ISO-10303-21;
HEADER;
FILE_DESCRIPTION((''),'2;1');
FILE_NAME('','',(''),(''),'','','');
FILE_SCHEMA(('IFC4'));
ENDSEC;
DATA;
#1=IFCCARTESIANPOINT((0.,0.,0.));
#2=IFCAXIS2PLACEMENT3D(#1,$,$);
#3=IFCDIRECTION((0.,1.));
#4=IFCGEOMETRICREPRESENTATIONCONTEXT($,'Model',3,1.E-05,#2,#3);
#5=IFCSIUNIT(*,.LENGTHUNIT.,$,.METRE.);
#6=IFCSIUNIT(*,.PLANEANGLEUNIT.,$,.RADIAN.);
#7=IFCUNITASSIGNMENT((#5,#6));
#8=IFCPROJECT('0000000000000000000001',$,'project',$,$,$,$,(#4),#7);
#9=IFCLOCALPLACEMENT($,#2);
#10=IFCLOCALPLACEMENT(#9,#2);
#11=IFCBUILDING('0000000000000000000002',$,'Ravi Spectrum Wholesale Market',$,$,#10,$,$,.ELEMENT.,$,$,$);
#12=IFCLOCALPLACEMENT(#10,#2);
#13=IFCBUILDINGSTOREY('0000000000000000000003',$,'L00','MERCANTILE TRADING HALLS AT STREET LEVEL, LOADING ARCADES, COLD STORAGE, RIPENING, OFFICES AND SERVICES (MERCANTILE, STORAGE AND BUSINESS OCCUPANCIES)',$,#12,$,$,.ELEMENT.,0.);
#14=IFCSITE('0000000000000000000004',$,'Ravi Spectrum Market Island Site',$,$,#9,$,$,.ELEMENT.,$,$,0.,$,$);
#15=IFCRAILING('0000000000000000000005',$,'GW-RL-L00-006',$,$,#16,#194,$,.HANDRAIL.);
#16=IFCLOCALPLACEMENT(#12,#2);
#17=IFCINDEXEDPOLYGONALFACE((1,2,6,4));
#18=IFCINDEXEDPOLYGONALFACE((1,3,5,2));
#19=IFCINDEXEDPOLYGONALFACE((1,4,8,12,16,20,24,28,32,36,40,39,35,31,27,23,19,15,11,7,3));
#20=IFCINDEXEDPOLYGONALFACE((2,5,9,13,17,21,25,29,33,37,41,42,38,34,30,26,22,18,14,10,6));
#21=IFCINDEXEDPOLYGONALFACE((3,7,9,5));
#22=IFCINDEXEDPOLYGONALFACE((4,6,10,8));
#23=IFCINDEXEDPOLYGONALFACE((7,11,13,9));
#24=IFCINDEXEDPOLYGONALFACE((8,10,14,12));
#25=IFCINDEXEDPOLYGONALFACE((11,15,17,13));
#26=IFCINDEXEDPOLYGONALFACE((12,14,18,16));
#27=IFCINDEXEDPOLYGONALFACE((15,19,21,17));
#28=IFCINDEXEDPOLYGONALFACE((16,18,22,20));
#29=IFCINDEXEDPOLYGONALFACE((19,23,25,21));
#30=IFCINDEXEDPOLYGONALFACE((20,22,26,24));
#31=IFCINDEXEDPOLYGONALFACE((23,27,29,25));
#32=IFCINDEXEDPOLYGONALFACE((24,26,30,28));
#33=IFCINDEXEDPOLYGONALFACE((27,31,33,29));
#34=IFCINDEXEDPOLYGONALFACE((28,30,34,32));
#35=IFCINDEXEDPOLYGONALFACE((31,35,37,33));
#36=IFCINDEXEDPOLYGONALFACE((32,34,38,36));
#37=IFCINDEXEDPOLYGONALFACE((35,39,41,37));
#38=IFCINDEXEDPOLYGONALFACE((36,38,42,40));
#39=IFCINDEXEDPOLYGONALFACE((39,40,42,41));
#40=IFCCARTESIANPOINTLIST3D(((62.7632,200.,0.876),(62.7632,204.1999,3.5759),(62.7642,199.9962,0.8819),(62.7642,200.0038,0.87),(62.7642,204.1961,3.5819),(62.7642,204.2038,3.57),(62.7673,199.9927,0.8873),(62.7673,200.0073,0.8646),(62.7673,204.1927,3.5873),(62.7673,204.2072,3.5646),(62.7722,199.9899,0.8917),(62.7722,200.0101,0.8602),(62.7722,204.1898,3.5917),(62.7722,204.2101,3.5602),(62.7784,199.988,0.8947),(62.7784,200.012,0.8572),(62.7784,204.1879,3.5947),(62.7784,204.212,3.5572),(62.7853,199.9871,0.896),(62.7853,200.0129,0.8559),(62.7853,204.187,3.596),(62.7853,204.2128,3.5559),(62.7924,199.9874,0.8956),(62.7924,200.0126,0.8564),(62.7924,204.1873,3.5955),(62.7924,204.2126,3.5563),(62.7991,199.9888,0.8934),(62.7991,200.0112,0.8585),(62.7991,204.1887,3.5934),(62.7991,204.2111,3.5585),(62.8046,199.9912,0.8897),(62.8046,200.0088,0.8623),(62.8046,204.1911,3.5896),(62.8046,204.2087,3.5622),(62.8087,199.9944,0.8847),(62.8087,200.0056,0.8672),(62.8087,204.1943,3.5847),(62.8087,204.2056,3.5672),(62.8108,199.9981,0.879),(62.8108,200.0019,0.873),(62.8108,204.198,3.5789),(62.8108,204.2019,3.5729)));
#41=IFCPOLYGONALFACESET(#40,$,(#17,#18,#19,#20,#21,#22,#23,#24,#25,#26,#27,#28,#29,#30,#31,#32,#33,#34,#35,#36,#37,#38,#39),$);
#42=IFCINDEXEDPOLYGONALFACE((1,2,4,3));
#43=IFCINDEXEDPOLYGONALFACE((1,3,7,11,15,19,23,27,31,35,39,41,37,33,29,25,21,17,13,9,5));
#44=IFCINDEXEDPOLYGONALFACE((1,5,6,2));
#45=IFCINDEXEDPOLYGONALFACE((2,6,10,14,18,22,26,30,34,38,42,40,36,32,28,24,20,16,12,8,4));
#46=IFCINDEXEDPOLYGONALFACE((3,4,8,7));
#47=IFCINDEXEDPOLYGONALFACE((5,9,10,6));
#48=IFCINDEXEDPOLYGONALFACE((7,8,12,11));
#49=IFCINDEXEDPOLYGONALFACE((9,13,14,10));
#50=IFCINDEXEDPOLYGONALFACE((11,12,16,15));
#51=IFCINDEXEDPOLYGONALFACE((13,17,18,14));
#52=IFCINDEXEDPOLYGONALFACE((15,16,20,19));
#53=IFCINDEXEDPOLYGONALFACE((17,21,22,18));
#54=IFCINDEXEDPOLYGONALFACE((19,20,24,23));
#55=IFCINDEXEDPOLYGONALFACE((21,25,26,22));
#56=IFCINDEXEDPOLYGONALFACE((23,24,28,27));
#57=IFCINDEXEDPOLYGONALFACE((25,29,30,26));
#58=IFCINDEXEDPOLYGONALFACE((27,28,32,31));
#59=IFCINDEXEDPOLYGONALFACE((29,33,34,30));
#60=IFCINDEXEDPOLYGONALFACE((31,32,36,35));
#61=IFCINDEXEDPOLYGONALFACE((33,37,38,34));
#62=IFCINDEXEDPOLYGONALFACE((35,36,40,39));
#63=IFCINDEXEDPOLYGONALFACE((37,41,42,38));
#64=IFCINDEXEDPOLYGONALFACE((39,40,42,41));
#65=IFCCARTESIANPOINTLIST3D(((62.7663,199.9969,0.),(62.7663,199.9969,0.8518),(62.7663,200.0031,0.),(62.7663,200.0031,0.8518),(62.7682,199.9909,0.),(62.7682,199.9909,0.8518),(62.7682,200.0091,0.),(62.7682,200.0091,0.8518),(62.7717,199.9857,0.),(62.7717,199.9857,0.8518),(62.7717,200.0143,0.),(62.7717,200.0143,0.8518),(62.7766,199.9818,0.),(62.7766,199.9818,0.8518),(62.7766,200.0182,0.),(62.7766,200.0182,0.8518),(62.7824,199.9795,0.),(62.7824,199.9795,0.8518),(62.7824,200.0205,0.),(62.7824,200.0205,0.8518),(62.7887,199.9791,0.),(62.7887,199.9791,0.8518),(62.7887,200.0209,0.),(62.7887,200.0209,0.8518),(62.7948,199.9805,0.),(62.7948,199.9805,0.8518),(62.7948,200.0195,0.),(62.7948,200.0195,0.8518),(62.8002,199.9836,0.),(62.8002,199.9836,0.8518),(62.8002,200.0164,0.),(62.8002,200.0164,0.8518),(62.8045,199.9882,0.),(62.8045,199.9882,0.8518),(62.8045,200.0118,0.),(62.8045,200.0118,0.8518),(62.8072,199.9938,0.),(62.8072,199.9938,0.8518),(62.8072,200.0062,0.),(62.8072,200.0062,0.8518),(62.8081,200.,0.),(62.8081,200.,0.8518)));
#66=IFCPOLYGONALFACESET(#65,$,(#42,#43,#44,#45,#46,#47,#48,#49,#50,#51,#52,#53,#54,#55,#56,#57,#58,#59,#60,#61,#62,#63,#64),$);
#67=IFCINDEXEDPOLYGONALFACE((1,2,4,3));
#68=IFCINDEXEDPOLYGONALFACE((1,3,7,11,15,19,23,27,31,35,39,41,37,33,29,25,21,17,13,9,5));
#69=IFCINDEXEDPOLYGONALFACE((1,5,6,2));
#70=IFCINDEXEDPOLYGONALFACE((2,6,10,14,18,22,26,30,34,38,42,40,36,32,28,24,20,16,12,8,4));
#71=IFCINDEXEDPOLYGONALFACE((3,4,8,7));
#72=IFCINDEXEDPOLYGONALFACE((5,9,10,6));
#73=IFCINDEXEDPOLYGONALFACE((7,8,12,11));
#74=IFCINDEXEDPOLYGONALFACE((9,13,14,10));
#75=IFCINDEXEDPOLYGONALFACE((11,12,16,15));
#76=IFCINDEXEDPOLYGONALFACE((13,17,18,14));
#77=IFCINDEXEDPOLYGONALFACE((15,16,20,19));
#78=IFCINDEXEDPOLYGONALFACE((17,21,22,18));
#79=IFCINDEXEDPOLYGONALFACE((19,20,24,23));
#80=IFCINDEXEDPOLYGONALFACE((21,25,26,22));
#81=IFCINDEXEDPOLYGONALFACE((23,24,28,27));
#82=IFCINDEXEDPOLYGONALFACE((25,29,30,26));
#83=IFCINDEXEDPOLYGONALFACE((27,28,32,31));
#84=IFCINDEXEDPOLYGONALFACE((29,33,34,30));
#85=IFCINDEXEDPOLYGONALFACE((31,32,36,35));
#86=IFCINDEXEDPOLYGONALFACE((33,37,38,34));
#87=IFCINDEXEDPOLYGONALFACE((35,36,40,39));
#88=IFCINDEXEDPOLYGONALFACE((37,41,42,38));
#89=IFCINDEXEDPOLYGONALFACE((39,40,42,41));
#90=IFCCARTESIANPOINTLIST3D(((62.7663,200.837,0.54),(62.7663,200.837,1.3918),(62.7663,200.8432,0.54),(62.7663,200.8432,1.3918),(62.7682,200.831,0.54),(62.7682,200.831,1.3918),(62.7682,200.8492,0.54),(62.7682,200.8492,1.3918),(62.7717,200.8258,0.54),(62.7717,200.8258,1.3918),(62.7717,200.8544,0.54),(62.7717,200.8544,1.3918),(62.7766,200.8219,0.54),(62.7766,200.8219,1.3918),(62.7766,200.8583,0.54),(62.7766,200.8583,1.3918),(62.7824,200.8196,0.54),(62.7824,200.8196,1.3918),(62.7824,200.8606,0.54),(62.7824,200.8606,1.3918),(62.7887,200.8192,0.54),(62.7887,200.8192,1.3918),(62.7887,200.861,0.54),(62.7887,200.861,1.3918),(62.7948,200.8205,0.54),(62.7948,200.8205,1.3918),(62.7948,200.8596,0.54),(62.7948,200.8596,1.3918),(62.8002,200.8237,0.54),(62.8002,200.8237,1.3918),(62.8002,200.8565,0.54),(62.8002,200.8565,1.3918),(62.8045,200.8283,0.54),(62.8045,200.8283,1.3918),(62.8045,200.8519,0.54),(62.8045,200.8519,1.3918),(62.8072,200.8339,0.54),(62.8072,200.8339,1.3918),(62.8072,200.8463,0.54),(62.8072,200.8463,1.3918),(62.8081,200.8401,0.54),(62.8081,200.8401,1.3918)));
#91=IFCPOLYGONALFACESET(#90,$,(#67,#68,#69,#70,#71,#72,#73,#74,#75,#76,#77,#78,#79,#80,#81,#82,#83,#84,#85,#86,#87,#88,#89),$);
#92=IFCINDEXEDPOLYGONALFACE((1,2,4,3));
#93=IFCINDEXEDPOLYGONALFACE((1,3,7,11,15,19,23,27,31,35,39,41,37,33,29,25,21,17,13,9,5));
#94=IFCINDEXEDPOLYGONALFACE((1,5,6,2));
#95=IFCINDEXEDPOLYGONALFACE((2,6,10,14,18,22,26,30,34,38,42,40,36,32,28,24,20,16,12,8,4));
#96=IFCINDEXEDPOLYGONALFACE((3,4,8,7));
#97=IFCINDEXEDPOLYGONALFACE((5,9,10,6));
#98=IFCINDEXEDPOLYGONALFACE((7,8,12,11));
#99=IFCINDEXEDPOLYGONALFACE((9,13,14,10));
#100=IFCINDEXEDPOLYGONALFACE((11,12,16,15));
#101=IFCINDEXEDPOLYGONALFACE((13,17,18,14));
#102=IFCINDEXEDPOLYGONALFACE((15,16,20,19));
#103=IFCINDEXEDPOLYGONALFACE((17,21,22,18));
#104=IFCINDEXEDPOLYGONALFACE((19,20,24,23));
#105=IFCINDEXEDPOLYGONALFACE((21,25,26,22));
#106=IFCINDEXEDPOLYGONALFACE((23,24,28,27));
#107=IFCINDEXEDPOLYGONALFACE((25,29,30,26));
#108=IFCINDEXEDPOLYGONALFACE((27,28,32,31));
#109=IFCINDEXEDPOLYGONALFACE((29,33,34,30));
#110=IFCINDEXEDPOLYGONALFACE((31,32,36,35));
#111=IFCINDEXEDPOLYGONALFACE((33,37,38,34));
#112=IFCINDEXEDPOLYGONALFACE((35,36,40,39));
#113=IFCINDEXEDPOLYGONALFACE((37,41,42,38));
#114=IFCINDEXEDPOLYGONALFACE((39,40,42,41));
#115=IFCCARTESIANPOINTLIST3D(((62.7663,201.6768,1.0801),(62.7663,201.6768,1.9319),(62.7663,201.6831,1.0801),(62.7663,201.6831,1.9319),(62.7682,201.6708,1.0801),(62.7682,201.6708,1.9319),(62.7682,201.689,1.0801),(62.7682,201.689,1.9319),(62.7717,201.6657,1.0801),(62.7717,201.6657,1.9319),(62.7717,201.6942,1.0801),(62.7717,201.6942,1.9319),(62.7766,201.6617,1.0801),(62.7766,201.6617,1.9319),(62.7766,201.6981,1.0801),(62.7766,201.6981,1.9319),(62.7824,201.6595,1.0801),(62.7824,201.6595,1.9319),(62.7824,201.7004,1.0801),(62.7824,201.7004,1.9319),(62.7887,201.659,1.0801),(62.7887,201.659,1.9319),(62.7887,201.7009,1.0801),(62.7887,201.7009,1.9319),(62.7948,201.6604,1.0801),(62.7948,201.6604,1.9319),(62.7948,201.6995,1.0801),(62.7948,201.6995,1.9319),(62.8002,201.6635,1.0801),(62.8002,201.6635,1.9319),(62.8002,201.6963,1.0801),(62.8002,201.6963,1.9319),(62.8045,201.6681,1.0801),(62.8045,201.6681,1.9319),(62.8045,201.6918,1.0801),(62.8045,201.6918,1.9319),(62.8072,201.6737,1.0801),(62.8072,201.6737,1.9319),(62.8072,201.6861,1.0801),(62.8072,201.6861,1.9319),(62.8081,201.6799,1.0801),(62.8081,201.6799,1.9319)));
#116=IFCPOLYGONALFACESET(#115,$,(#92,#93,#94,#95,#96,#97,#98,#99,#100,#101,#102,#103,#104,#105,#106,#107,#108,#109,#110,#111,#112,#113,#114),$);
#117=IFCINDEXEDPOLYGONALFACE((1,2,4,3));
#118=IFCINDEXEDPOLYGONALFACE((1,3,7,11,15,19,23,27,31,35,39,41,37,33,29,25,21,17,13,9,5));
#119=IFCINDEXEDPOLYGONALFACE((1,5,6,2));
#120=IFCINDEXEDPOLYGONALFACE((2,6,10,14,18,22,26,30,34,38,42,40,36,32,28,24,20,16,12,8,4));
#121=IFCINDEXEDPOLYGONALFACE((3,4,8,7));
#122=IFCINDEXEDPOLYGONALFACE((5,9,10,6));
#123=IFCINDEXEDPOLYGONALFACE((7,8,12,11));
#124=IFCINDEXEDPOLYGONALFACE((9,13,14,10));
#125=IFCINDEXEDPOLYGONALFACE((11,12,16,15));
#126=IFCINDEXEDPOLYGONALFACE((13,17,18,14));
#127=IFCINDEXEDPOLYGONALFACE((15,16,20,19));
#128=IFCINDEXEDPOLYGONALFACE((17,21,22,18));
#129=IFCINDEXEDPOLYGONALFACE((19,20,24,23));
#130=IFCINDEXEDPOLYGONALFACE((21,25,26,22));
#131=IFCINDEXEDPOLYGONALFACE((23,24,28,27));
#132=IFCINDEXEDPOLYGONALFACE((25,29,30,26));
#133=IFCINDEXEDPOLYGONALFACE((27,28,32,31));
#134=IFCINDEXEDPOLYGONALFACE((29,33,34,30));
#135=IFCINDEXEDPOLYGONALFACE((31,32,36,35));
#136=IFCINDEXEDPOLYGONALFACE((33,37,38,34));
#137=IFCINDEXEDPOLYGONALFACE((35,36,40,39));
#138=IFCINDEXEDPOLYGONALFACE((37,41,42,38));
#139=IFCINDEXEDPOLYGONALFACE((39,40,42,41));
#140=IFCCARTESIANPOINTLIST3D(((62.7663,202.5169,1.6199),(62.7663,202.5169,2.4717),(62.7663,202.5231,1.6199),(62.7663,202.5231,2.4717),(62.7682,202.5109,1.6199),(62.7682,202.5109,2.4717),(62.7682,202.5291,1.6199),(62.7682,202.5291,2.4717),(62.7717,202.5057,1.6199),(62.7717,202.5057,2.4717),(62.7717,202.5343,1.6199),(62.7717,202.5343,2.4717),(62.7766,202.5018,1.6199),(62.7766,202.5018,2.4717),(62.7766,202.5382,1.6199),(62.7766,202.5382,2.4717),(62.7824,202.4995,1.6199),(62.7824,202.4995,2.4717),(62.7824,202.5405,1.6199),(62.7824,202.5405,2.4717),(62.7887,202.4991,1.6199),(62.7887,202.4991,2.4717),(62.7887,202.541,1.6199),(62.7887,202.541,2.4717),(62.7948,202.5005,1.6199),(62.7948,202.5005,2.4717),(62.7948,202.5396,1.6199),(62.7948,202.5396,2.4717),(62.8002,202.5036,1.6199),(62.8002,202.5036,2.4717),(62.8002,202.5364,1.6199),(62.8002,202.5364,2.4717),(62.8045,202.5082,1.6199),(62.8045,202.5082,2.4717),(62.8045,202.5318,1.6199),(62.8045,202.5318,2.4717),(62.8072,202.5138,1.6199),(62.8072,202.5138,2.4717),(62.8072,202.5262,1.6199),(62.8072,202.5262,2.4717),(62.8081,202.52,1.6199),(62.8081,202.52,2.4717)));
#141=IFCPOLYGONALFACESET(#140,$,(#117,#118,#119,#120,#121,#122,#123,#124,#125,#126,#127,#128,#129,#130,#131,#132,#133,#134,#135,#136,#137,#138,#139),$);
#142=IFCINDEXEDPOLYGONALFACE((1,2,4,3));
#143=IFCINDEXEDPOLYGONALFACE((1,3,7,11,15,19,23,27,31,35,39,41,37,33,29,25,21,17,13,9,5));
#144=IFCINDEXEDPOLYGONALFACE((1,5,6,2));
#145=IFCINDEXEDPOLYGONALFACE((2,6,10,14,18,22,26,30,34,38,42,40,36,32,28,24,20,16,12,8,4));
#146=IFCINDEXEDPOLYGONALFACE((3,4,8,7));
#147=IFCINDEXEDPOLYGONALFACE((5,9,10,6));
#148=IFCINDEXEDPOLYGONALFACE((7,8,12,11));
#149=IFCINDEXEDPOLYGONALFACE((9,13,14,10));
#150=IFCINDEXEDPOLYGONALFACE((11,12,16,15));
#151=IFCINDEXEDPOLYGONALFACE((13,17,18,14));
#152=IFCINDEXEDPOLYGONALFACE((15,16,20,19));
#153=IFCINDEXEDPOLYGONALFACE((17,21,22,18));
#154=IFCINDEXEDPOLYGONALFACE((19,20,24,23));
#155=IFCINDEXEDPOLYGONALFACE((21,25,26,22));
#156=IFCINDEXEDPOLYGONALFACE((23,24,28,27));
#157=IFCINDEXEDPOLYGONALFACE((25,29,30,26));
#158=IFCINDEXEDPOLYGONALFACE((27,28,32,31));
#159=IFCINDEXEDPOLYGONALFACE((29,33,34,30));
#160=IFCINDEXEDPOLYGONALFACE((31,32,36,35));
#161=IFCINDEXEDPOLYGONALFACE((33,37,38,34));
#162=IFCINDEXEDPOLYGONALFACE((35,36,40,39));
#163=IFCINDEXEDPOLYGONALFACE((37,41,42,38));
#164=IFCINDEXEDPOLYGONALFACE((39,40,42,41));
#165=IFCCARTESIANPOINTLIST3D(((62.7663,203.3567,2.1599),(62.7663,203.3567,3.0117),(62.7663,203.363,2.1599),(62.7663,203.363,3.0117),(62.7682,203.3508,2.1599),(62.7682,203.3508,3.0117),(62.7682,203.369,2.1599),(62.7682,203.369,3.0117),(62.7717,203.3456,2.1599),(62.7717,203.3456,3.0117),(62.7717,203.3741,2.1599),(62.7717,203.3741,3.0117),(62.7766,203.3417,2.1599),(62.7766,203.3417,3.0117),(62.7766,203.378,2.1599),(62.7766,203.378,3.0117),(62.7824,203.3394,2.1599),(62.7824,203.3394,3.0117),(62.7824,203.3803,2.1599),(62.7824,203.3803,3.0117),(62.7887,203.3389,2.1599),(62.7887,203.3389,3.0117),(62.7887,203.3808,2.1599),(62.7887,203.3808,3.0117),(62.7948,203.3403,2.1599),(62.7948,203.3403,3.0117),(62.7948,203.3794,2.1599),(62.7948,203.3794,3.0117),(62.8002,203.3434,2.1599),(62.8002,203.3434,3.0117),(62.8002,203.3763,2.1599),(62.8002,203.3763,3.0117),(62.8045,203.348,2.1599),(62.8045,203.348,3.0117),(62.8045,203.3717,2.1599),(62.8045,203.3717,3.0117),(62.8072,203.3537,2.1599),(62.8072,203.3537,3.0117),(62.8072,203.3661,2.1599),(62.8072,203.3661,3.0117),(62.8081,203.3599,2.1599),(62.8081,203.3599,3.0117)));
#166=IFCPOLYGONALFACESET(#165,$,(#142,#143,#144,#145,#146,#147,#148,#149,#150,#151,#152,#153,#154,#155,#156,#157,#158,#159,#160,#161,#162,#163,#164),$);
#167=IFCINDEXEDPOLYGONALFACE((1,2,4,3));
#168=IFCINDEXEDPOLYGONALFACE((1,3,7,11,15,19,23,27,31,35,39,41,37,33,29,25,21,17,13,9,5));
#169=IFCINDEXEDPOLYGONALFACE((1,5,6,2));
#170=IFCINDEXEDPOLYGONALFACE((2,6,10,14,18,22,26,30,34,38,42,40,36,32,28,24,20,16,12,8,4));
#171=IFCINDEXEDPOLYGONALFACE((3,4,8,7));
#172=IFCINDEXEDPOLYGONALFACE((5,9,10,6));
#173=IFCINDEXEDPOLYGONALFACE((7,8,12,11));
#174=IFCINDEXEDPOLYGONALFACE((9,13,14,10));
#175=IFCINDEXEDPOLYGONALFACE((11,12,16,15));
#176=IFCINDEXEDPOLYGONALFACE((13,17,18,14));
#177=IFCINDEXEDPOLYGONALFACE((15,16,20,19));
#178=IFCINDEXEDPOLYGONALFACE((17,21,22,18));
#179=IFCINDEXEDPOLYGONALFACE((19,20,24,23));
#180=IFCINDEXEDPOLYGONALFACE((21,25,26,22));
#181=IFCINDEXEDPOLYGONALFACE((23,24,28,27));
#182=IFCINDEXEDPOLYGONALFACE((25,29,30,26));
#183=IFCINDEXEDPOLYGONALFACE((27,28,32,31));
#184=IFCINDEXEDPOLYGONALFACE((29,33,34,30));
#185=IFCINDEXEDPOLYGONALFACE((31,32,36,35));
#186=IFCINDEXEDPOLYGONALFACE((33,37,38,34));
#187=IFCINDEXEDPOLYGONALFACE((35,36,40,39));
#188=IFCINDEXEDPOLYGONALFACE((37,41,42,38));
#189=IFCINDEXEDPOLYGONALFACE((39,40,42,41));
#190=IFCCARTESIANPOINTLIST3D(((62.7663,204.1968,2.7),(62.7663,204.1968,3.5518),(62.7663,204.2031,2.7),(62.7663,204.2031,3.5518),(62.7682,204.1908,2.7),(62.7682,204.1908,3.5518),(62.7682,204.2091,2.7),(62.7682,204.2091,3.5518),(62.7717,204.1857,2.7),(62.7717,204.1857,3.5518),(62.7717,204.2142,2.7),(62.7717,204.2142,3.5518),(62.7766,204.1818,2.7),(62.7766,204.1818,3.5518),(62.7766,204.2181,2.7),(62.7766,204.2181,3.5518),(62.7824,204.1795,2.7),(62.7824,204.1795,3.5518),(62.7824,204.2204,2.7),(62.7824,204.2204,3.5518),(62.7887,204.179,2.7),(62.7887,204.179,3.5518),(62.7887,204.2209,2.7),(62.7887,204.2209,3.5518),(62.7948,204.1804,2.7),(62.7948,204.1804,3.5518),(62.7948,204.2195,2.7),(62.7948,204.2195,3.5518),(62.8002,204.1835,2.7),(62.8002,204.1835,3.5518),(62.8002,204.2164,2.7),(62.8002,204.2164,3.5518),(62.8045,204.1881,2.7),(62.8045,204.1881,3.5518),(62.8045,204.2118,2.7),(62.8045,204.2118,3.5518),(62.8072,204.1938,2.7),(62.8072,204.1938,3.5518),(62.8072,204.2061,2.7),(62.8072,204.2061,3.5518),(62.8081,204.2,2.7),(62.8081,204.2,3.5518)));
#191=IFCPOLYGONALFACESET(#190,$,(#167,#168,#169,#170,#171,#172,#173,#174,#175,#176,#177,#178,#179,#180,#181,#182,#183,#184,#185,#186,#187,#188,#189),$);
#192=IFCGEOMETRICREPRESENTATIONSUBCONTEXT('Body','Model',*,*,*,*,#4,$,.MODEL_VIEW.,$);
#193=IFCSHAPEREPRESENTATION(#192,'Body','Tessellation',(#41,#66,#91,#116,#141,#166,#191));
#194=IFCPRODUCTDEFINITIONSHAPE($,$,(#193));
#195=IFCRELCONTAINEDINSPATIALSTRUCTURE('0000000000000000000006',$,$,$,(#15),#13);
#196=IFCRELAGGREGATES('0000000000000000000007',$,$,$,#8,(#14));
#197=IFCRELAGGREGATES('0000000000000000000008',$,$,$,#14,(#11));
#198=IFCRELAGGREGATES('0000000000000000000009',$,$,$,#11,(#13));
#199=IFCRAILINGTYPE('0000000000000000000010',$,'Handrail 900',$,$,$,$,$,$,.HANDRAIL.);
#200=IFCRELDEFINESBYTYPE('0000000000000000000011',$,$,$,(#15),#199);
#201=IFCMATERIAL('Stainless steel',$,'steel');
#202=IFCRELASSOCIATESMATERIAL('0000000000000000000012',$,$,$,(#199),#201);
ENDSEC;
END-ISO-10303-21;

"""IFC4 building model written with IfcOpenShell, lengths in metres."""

from ifc_helpers import new_model, si_unit, direction, frame, origin, origin_2d, place, context, subcontext, project, spatial, circle, extrude, material, type_object, element, save


model = new_model("IFC4")

# Units and contexts
model_context = context("Model", 3, precision=1e-05, world=origin(), true_north=direction((0.0, 1.0)))
body_context = subcontext(model_context, "Body", "Model", "MODEL_VIEW")
ifc_project = project(units=[si_unit("LENGTHUNIT", "METRE"), si_unit("PLANEANGLEUNIT", "RADIAN")], contexts=[model_context])

# Site, building, storey
site_placement = place(None, origin())
site = spatial("IfcSite", under=ifc_project, at=site_placement, Name="Ravi Spectrum Market Island Site", CompositionType="ELEMENT", RefElevation=0.0)
building_placement = place(site_placement, origin())
building = spatial("IfcBuilding", under=site, at=building_placement, Name="Ravi Spectrum Wholesale Market", CompositionType="ELEMENT")
storey_placement = place(building_placement, origin())
storey = spatial("IfcBuildingStorey", under=building, at=storey_placement, Name="L00", Description="MERCANTILE TRADING HALLS AT STREET LEVEL, LOADING ARCADES, COLD STORAGE, RIPENING, OFFICES AND SERVICES (MERCANTILE, STORAGE AND BUSINESS OCCUPANCIES)", CompositionType="ELEMENT", Elevation=0.0)

# Railing
ifc_material_1 = material(Name="Stainless steel", Category="steel")
railing_type_1 = type_object("IfcRailingType", Name="Handrail 900", PredefinedType="HANDRAIL", material=ifc_material_1)
for number, where, name in (
    (1, (62.7871, 200.0, 0.0), "GW-RL-L00-006"),
):
    element("IfcRailing", number, at=place(storey_placement, frame(where)), inside=storey, type_object=railing_type_1, Name=name, PredefinedType="HANDRAIL", context=body_context, shape_type="SweptSolid", body=[
        extrude(circle(Radius=0.0239, at=origin_2d()), frame((0.0, 0.0, 0.876), z_axis=(0.0, 0.84118, 0.540755), x_axis=(-1.0, 0.0, 0.0)), (0.0, 0.0, 1.0), 4.9929),
        extrude(circle(Radius=0.021, at=origin_2d()), origin(), (0.0, 0.0, 1.0), 0.8518),
        extrude(circle(Radius=0.021, at=origin_2d()), frame((0.0, 0.8401, 0.54)), (0.0, 0.0, 1.0), 0.8518),
        extrude(circle(Radius=0.021, at=origin_2d()), frame((0.0, 1.6799, 1.0801)), (0.0, 0.0, 1.0), 0.8518),
        extrude(circle(Radius=0.021, at=origin_2d()), frame((0.0, 2.52, 1.6199)), (0.0, 0.0, 1.0), 0.8518),
        extrude(circle(Radius=0.021, at=origin_2d()), frame((0.0, 3.3599, 2.1599)), (0.0, 0.0, 1.0), 0.8518),
        extrude(circle(Radius=0.021, at=origin_2d()), frame((0.0, 4.2, 2.7)), (0.0, 0.0, 1.0), 0.8518),
    ])

save(model, "model.ifc")
